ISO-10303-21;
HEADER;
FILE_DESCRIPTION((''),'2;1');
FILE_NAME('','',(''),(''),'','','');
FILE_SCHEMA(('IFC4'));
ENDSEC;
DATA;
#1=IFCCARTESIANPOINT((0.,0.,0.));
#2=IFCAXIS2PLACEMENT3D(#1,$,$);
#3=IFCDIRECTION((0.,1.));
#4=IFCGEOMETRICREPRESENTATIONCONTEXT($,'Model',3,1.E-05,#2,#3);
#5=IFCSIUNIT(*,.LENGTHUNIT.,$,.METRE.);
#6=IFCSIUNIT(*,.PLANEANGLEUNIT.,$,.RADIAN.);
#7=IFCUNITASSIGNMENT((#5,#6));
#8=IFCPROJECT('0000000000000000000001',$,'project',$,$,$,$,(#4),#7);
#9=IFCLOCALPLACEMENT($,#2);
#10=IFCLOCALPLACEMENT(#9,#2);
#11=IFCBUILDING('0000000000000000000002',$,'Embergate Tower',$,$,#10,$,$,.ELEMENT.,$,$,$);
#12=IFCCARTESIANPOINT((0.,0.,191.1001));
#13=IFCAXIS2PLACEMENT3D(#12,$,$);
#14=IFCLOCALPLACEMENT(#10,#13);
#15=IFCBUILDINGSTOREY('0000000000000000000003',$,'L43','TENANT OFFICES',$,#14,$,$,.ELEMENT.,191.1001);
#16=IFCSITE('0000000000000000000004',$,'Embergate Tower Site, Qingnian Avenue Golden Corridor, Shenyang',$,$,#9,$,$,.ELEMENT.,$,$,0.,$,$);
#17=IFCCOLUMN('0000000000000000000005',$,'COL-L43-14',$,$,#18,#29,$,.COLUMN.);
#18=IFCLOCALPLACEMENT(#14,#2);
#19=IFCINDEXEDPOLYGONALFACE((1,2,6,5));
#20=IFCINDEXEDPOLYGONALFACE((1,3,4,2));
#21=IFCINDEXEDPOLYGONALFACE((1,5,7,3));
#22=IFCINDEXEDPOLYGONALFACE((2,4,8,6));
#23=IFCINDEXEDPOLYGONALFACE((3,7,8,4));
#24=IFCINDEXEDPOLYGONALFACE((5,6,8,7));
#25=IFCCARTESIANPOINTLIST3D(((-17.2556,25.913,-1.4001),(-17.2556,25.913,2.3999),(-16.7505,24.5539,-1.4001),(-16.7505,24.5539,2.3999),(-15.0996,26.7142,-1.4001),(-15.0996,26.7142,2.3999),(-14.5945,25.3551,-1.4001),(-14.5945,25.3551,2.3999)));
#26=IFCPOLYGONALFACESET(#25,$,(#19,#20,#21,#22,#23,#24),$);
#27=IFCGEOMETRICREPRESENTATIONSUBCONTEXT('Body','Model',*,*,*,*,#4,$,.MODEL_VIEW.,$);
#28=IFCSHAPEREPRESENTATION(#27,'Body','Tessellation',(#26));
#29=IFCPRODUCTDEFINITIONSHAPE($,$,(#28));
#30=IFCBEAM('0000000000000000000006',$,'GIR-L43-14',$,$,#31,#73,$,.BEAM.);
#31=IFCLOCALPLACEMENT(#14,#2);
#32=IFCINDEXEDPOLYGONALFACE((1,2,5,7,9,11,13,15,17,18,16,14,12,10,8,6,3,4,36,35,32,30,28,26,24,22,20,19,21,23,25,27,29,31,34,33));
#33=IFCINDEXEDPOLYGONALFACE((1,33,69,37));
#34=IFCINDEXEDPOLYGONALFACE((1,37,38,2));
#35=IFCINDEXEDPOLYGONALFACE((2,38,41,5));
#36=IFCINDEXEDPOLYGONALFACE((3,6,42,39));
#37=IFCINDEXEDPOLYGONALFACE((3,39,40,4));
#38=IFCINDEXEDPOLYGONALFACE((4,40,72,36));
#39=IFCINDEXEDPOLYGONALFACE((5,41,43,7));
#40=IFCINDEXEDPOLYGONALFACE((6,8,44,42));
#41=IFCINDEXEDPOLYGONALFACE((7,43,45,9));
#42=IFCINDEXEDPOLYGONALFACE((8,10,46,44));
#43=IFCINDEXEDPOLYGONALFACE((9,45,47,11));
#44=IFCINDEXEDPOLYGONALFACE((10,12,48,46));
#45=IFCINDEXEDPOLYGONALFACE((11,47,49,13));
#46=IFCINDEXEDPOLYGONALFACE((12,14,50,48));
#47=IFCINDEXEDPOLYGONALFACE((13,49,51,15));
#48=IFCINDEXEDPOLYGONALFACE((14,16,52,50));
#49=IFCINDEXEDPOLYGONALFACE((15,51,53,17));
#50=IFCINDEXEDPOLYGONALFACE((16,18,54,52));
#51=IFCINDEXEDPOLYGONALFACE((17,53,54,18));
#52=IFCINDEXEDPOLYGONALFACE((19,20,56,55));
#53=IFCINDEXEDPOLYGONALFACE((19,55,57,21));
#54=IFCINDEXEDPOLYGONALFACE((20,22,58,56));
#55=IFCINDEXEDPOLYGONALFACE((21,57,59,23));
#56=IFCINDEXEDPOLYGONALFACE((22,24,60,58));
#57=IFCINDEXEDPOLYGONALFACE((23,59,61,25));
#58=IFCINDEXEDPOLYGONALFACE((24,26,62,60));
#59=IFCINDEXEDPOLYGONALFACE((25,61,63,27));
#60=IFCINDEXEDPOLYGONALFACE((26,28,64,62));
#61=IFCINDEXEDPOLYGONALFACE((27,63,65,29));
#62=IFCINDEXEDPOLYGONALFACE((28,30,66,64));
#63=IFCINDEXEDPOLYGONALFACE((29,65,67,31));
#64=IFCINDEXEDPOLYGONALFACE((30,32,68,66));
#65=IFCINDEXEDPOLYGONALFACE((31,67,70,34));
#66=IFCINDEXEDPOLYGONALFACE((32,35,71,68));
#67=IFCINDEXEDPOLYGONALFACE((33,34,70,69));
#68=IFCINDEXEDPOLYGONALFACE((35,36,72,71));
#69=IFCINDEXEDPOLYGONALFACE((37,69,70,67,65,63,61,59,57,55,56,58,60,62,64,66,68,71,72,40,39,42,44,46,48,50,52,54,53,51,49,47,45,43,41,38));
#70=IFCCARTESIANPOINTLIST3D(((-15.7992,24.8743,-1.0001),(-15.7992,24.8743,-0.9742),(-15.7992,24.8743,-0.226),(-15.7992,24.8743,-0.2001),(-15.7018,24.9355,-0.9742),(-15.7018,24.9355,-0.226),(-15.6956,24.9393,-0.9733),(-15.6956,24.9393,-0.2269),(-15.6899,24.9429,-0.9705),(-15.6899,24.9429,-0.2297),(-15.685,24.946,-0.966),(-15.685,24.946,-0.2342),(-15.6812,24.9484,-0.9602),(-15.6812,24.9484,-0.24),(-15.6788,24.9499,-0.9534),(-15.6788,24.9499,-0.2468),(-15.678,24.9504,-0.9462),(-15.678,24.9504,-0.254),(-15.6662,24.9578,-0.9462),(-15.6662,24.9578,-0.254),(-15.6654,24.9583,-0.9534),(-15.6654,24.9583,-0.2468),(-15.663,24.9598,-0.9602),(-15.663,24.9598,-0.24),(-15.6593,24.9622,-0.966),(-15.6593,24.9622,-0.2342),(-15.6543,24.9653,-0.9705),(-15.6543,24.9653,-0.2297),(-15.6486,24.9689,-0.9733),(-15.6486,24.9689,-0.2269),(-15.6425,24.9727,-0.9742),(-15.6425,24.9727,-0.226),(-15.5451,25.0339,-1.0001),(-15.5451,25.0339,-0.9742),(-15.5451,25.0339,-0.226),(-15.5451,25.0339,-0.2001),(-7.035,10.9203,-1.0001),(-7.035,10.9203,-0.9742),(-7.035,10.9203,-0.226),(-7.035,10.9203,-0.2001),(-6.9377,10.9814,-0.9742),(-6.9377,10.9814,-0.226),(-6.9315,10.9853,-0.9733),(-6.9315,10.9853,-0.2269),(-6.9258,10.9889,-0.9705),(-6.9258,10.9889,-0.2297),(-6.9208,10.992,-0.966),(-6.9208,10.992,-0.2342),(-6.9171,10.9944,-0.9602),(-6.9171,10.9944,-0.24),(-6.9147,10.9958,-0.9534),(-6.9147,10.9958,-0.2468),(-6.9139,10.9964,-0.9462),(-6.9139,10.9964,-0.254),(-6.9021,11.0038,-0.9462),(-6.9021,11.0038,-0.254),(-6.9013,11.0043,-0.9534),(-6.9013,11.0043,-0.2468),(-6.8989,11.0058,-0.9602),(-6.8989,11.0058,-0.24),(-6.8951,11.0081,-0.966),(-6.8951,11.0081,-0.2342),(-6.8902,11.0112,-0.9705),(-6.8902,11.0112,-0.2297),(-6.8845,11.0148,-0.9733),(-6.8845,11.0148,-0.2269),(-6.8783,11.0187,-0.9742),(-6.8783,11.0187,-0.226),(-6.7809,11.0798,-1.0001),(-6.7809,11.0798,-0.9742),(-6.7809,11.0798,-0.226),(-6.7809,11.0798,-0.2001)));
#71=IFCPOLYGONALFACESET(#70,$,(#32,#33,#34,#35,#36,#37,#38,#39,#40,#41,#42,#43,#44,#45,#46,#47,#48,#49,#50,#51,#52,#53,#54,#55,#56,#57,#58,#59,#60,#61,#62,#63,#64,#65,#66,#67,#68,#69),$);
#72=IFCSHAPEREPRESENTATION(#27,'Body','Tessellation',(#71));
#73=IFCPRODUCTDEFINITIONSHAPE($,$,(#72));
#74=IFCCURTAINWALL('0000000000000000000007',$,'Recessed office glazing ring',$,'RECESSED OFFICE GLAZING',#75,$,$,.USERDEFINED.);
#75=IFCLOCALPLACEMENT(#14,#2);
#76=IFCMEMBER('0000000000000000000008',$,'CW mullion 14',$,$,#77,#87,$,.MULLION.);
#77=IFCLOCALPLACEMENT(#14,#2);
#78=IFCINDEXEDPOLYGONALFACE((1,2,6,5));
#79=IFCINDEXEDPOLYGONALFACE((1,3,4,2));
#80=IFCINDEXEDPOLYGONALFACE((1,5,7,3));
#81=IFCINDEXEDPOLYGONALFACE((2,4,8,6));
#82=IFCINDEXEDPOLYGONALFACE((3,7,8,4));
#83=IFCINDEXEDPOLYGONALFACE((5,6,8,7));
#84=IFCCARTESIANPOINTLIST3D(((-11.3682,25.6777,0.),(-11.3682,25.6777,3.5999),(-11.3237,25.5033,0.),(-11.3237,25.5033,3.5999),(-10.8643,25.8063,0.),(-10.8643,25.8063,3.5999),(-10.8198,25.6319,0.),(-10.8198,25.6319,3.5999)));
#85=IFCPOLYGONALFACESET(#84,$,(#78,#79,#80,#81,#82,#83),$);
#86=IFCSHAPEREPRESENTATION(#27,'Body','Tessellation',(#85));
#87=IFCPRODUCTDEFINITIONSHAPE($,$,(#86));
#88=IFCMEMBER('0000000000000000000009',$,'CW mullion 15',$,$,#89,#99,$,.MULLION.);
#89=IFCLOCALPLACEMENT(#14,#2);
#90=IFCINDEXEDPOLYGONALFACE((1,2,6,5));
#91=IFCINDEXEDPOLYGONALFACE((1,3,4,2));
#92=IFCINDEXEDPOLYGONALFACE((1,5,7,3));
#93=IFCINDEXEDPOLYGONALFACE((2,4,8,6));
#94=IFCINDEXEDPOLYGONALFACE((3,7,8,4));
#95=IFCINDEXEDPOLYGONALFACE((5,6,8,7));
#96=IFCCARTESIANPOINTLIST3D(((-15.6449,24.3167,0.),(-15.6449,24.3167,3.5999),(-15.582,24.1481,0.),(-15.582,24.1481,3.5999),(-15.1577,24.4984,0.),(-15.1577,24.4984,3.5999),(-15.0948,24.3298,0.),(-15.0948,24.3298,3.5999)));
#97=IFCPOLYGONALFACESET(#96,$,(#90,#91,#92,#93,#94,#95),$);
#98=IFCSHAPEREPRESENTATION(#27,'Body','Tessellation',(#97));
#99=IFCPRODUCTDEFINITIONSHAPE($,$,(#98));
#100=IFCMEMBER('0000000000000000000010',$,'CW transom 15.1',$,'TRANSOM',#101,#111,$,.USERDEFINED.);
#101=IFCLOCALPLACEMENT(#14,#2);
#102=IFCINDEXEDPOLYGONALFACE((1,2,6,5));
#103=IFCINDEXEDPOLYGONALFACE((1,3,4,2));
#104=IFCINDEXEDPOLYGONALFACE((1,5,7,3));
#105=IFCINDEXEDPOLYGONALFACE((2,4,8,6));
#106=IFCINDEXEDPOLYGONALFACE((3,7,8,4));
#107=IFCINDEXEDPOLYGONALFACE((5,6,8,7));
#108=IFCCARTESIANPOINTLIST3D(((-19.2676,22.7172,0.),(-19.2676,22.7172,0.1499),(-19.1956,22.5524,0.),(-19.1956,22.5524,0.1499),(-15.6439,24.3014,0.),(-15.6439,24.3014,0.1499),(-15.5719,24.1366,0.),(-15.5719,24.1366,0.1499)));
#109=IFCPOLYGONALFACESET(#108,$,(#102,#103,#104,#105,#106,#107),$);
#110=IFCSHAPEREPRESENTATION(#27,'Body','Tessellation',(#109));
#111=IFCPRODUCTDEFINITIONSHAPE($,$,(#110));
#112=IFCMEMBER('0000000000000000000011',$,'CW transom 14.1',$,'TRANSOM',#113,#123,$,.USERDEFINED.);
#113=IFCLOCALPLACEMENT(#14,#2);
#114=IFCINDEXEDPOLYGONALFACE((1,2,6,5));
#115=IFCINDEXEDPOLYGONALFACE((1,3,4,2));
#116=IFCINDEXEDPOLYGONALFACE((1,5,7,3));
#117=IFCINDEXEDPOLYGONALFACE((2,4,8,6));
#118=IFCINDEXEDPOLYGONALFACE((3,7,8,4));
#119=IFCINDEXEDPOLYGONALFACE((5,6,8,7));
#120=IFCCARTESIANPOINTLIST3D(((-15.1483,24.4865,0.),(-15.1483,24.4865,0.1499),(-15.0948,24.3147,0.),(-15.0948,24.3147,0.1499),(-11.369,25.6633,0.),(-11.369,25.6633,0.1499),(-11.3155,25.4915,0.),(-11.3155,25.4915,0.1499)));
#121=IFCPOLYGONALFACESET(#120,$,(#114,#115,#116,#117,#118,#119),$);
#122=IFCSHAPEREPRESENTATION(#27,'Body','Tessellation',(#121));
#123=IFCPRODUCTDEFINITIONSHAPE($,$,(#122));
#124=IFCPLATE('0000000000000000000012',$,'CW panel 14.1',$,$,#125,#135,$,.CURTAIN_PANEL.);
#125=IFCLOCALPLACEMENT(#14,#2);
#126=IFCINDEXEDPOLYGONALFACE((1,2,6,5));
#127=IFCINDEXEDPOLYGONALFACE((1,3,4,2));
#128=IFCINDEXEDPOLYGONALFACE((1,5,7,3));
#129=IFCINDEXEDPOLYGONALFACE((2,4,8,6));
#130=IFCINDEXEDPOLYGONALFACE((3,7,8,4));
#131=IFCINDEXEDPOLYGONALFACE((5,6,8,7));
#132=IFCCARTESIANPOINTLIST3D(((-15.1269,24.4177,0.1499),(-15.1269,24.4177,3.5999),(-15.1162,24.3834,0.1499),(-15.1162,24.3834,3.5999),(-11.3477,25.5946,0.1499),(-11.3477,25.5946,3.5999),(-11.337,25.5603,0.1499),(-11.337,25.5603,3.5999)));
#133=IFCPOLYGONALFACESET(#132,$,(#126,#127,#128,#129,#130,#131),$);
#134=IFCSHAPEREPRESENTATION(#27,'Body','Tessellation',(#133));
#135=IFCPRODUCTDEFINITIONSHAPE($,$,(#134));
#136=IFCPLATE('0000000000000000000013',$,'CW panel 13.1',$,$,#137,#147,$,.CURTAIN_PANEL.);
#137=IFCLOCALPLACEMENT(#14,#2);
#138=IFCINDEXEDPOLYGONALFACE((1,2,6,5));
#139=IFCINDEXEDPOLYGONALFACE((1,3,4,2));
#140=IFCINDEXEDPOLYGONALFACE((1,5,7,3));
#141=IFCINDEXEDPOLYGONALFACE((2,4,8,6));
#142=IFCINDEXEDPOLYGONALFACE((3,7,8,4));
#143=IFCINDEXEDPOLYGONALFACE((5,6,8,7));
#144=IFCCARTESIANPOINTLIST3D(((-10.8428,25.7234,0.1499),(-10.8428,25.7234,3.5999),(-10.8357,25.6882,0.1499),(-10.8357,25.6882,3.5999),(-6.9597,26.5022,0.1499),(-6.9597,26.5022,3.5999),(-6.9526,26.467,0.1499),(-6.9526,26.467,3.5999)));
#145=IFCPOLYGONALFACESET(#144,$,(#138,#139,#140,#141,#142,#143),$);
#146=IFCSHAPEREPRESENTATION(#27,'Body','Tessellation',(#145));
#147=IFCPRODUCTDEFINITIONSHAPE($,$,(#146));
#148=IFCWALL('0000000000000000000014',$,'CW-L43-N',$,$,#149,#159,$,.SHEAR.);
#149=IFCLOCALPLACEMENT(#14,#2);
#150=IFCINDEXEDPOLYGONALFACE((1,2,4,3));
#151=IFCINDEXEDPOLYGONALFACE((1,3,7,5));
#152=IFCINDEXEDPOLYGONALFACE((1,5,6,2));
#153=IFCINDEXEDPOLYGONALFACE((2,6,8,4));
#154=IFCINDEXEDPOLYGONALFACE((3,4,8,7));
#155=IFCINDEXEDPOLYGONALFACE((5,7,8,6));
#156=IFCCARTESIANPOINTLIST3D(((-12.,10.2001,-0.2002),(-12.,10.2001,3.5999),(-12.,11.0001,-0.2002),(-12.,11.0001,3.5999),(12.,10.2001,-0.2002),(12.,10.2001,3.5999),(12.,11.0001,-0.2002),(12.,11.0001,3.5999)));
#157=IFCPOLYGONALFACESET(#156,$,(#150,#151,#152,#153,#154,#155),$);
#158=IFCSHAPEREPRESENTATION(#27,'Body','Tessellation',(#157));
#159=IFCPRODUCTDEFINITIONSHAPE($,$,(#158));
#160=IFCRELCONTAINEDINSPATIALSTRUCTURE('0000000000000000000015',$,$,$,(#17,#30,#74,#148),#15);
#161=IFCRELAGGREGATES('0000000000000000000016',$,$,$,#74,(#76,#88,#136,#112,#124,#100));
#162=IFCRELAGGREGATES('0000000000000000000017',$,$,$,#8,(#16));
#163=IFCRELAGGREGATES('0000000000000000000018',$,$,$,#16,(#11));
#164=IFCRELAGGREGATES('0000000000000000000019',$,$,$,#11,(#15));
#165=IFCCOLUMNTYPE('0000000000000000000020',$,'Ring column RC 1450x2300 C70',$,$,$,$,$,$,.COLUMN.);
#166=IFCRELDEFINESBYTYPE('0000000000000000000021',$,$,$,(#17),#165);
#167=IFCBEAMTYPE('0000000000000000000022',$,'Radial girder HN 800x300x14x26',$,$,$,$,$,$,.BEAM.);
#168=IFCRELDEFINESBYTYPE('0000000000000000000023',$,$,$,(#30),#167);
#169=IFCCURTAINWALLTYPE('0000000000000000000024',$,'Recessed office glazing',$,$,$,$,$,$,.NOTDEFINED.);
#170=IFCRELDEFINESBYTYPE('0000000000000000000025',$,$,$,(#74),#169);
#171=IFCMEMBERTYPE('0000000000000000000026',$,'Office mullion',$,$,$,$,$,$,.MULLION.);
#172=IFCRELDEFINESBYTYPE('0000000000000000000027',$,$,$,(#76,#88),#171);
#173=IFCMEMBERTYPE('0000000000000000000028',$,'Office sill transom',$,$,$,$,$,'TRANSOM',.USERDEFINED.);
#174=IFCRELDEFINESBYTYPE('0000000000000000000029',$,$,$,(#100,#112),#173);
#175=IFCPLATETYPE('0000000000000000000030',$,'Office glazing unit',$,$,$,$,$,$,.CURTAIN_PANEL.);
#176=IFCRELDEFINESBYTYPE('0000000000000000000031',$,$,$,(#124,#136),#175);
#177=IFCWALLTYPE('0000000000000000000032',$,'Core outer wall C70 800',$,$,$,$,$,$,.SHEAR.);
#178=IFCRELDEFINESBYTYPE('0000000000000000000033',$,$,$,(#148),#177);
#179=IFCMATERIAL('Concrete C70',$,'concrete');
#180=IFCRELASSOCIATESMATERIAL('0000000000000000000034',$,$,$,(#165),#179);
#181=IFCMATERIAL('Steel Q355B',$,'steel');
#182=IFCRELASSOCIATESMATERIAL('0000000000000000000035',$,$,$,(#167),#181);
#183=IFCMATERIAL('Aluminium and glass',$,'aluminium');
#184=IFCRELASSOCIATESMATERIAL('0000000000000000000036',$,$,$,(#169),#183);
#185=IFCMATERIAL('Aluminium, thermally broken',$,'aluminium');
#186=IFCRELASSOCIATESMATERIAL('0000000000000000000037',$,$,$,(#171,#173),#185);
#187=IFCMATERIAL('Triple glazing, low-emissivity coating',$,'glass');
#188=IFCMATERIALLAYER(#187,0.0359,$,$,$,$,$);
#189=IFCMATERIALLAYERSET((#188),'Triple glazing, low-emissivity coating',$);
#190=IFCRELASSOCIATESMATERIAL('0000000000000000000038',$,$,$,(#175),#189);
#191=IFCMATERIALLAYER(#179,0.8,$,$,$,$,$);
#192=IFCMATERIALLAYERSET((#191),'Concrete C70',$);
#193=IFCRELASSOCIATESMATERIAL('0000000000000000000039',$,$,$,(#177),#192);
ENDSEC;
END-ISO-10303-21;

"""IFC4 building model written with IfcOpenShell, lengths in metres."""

from ifc_helpers import new_model, si_unit, direction, frame, frame_2d, origin, origin_2d, place, context, subcontext, project, spatial, rectangle, i_section, extrude, source, transform, mapped, material, layer, layer_set, material_profile, profile_set, type_object, element, aggregate, save


model = new_model("IFC4")

# Units and contexts
model_context = context("Model", 3, precision=1e-05, world=origin(), true_north=direction((0.0, 1.0)))
body_context = subcontext(model_context, "Body", "Model", "MODEL_VIEW")
ifc_project = project(units=[si_unit("LENGTHUNIT", "METRE"), si_unit("PLANEANGLEUNIT", "RADIAN")], contexts=[model_context])

# Site, building, storey
site_placement = place(None, origin())
site = spatial("IfcSite", under=ifc_project, at=site_placement, Name="Embergate Tower Site, Qingnian Avenue Golden Corridor, Shenyang", CompositionType="ELEMENT", RefElevation=0.0)
building_placement = place(site_placement, origin())
building = spatial("IfcBuilding", under=site, at=building_placement, Name="Embergate Tower", CompositionType="ELEMENT")
storey_placement = place(building_placement, frame((0.0, 0.0, 191.1001)))
storey = spatial("IfcBuildingStorey", under=building, at=storey_placement, Name="L43", Description="TENANT OFFICES", CompositionType="ELEMENT", Elevation=191.1001)

# Column
ifc_material_1 = material(Name="Concrete C70", Category="concrete")
ifc_material_profile_1 = material_profile(ifc_material_1, rectangle(XDim=1.45, YDim=2.3, at=origin_2d()), Name="RC 1450x2300")
ifc_profile_set_1 = profile_set([ifc_material_profile_1], Name="Concrete C70")
column_type = type_object("IfcColumnType", Name="Ring column RC 1450x2300 C70", PredefinedType="COLUMN", material=ifc_profile_set_1)
shared_shape_1 = source(origin(), body_context, "Body", "SweptSolid", [
    extrude(rectangle(XDim=1.45, YDim=2.3, at=origin_2d()), origin(), (0.0, 0.0, 1.0), 3.8),
])
column_placement = place(storey_placement, frame((-15.925, 25.634, -1.4001), z_axis=(0.0, 0.0, 1.0), x_axis=(-0.348343, 0.937367, 0.0)))
element("IfcColumn", 1, at=column_placement, inside=storey, type_object=column_type, Name="COL-L43-14", PredefinedType="COLUMN", context=body_context, shape_type="MappedRepresentation", body=[
    mapped(shared_shape_1, transform((0.0, 0.0, 0.0))),
])

# Beam
ifc_material_2 = material(Name="Steel Q355B", Category="steel")
ifc_material_profile_2 = material_profile(ifc_material_2, i_section(OverallWidth=0.3, OverallDepth=0.8, WebThickness=0.0139, FlangeThickness=0.0259, FilletRadius=0.0281, at=origin_2d()), Name="HN 800x300x14x26")
ifc_profile_set_2 = profile_set([ifc_material_profile_2], Name="Steel Q355 grade B")
beam_type = type_object("IfcBeamType", Name="Radial girder HN 800x300x14x26", PredefinedType="BEAM", material=ifc_profile_set_2)
shared_shape_2 = source(origin(), body_context, "Body", "SweptSolid", [
    extrude(i_section(OverallWidth=0.3, OverallDepth=0.8, WebThickness=0.0139, FlangeThickness=0.0259, FilletRadius=0.0281, at=origin_2d()), origin(), (0.0, 0.0, 1.0), 16.478),
])
beam_placement = place(storey_placement, frame((-15.6721, 24.9541, -0.6001), z_axis=(0.531867, -0.846828, 0.0), x_axis=(0.846828, 0.531867, 0.0)))
element("IfcBeam", 2, at=beam_placement, inside=storey, type_object=beam_type, Name="GIR-L43-14", PredefinedType="BEAM", context=body_context, shape_type="MappedRepresentation", body=[
    mapped(shared_shape_2, transform((0.0, 0.0, 0.0))),
])

# Curtain wall, members, plates
ifc_material_3 = material(Name="Aluminium and glass", Category="aluminium")
curtain_wall_type = type_object("IfcCurtainWallType", Name="Recessed office glazing", PredefinedType="NOTDEFINED", material=ifc_material_3)
curtain_wall_placement = place(storey_placement, origin())
curtain_wall = element("IfcCurtainWall", 3, at=curtain_wall_placement, inside=storey, type_object=curtain_wall_type, Name="Recessed office glazing ring", ObjectType="RECESSED OFFICE GLAZING", PredefinedType="USERDEFINED")
ifc_material_4 = material(Name="Aluminium, thermally broken", Category="aluminium")
ifc_material_profile_3 = material_profile(ifc_material_4, rectangle(XDim=0.1799, YDim=0.52, at=origin_2d()), Name="AL 520x180")
ifc_profile_set_3 = profile_set([ifc_material_profile_3], Name="Aluminium, thermally broken")
member_type_1 = type_object("IfcMemberType", Name="Office mullion", PredefinedType="MULLION", material=ifc_profile_set_3)
shared_shape_3 = source(origin(), body_context, "Body", "SweptSolid", [
    extrude(rectangle(XDim=0.1799, YDim=0.52, at=origin_2d()), origin(), (0.0, 0.0, 1.0), 3.5999),
])
member_1_placement = place(storey_placement, frame((-11.094, 25.6548, 0.0), z_axis=(0.0, 0.0, 1.0), x_axis=(0.24731, -0.968936, 0.0)))
member_1 = element("IfcMember", 4, at=member_1_placement, type_object=member_type_1, Name="CW mullion 14", PredefinedType="MULLION", context=body_context, shape_type="MappedRepresentation", body=[
    mapped(shared_shape_3, transform((0.0, 0.0, 0.0))),
])
member_2_placement = place(storey_placement, frame((-15.3699, 24.3232, 0.0), z_axis=(0.0, 0.0, 1.0), x_axis=(0.349499, -0.936937, 0.0)))
member_2 = element("IfcMember", 5, at=member_2_placement, type_object=member_type_1, Name="CW mullion 15", PredefinedType="MULLION", context=body_context, shape_type="MappedRepresentation", body=[
    mapped(shared_shape_3, transform((0.0, 0.0, 0.0))),
])
ifc_material_profile_4 = material_profile(ifc_material_4, rectangle(XDim=0.1799, YDim=0.1499, at=origin_2d()), Name="AL 150x180")
ifc_profile_set_4 = profile_set([ifc_material_profile_4], Name="Aluminium, thermally broken")
member_type_2 = type_object("IfcMemberType", Name="Office sill transom", ElementType="TRANSOM", PredefinedType="USERDEFINED", material=ifc_profile_set_4)
shared_shape_4 = source(origin(), body_context, "Body", "SweptSolid", [
    extrude(rectangle(XDim=0.1799, YDim=0.1499, at=origin_2d()), origin(), (0.0, 0.0, 1.0), 3.9548),
])
member_3_placement = place(storey_placement, frame((-15.6079, 24.219, 0.075), z_axis=(-0.916266, -0.400569, 0.0), x_axis=(0.400569, -0.916266, 0.0)))
member_3 = element("IfcMember", 6, at=member_3_placement, type_object=member_type_2, Name="CW transom 15.1", ObjectType="TRANSOM", PredefinedType="USERDEFINED", context=body_context, shape_type="MappedRepresentation", body=[
    mapped(shared_shape_4, transform((0.0, 0.0, 0.0))),
])
shared_shape_5 = source(origin(), body_context, "Body", "SweptSolid", [
    extrude(rectangle(XDim=0.1799, YDim=0.1499, at=origin_2d()), origin(), (0.0, 0.0, 1.0), 3.9583),
])
member_4_placement = place(storey_placement, frame((-11.3423, 25.5774, 0.075), z_axis=(-0.954787, -0.297291, 0.0), x_axis=(0.297291, -0.954787, 0.0)))
member_4 = element("IfcMember", 7, at=member_4_placement, type_object=member_type_2, Name="CW transom 14.1", ObjectType="TRANSOM", PredefinedType="USERDEFINED", context=body_context, shape_type="MappedRepresentation", body=[
    mapped(shared_shape_5, transform((0.0, 0.0, 0.0))),
])
ifc_material_5 = material(Name="Triple glazing, low-emissivity coating", Category="glass")
ifc_layer_1 = layer(ifc_material_5, 0.0359)
ifc_layer_set_1 = layer_set([ifc_layer_1], Name="Triple glazing, low-emissivity coating")
plate_type = type_object("IfcPlateType", Name="Office glazing unit", PredefinedType="CURTAIN_PANEL", material=ifc_layer_set_1)
shared_shape_6 = source(origin(), body_context, "Body", "SweptSolid", [
    extrude(rectangle(XDim=3.9583, YDim=0.0359, at=origin_2d()), origin(), (0.0, 0.0, 1.0), 3.45),
])
plate_1_placement = place(storey_placement, frame((-13.2319, 24.989, 0.1499), z_axis=(0.0, 0.0, 1.0), x_axis=(-0.954773, -0.297337, 0.0)))
plate_1 = element("IfcPlate", 8, at=plate_1_placement, type_object=plate_type, Name="CW panel 14.1", PredefinedType="CURTAIN_PANEL", context=body_context, shape_type="MappedRepresentation", body=[
    mapped(shared_shape_6, transform((0.0, 0.0, 0.0))),
])
shared_shape_7 = source(origin(), body_context, "Body", "SweptSolid", [
    extrude(rectangle(XDim=3.9604, YDim=0.0359, at=origin_2d()), origin(), (0.0, 0.0, 1.0), 3.45),
])
plate_2_placement = place(storey_placement, frame((-8.8977, 26.0952, 0.1499), z_axis=(0.0, 0.0, 1.0), x_axis=(-0.980476, -0.196639, 0.0)))
plate_2 = element("IfcPlate", 9, at=plate_2_placement, type_object=plate_type, Name="CW panel 13.1", PredefinedType="CURTAIN_PANEL", context=body_context, shape_type="MappedRepresentation", body=[
    mapped(shared_shape_7, transform((0.0, 0.0, 0.0))),
])
aggregate(curtain_wall, [member_1, member_2, plate_2, member_4, plate_1, member_3])

# Wall
ifc_layer_2 = layer(ifc_material_1, 0.8)
ifc_layer_set_2 = layer_set([ifc_layer_2], Name="Concrete C70")
wall_type_1 = type_object("IfcWallType", Name="Core outer wall C70 800", PredefinedType="SHEAR", material=ifc_layer_set_2)
shared_shape_8 = source(origin(), body_context, "Body", "SweptSolid", [
    extrude(rectangle(XDim=24.0, YDim=0.8, at=frame_2d((12.0, 0.0))), origin(), (0.0, 0.0, 1.0), 3.8),
])
wall_1_placement = place(storey_placement, frame((-12.0, 10.6001, -0.2002), z_axis=(0.0, 0.0, 1.0), x_axis=(1.0, 0.0, 0.0)))
element("IfcWall", 10, at=wall_1_placement, inside=storey, type_object=wall_type_1, Name="CW-L43-N", PredefinedType="SHEAR", context=body_context, shape_type="MappedRepresentation", body=[
    mapped(shared_shape_8, transform((0.0, 0.0, 0.0))),
])

save(model, "model.ifc")
